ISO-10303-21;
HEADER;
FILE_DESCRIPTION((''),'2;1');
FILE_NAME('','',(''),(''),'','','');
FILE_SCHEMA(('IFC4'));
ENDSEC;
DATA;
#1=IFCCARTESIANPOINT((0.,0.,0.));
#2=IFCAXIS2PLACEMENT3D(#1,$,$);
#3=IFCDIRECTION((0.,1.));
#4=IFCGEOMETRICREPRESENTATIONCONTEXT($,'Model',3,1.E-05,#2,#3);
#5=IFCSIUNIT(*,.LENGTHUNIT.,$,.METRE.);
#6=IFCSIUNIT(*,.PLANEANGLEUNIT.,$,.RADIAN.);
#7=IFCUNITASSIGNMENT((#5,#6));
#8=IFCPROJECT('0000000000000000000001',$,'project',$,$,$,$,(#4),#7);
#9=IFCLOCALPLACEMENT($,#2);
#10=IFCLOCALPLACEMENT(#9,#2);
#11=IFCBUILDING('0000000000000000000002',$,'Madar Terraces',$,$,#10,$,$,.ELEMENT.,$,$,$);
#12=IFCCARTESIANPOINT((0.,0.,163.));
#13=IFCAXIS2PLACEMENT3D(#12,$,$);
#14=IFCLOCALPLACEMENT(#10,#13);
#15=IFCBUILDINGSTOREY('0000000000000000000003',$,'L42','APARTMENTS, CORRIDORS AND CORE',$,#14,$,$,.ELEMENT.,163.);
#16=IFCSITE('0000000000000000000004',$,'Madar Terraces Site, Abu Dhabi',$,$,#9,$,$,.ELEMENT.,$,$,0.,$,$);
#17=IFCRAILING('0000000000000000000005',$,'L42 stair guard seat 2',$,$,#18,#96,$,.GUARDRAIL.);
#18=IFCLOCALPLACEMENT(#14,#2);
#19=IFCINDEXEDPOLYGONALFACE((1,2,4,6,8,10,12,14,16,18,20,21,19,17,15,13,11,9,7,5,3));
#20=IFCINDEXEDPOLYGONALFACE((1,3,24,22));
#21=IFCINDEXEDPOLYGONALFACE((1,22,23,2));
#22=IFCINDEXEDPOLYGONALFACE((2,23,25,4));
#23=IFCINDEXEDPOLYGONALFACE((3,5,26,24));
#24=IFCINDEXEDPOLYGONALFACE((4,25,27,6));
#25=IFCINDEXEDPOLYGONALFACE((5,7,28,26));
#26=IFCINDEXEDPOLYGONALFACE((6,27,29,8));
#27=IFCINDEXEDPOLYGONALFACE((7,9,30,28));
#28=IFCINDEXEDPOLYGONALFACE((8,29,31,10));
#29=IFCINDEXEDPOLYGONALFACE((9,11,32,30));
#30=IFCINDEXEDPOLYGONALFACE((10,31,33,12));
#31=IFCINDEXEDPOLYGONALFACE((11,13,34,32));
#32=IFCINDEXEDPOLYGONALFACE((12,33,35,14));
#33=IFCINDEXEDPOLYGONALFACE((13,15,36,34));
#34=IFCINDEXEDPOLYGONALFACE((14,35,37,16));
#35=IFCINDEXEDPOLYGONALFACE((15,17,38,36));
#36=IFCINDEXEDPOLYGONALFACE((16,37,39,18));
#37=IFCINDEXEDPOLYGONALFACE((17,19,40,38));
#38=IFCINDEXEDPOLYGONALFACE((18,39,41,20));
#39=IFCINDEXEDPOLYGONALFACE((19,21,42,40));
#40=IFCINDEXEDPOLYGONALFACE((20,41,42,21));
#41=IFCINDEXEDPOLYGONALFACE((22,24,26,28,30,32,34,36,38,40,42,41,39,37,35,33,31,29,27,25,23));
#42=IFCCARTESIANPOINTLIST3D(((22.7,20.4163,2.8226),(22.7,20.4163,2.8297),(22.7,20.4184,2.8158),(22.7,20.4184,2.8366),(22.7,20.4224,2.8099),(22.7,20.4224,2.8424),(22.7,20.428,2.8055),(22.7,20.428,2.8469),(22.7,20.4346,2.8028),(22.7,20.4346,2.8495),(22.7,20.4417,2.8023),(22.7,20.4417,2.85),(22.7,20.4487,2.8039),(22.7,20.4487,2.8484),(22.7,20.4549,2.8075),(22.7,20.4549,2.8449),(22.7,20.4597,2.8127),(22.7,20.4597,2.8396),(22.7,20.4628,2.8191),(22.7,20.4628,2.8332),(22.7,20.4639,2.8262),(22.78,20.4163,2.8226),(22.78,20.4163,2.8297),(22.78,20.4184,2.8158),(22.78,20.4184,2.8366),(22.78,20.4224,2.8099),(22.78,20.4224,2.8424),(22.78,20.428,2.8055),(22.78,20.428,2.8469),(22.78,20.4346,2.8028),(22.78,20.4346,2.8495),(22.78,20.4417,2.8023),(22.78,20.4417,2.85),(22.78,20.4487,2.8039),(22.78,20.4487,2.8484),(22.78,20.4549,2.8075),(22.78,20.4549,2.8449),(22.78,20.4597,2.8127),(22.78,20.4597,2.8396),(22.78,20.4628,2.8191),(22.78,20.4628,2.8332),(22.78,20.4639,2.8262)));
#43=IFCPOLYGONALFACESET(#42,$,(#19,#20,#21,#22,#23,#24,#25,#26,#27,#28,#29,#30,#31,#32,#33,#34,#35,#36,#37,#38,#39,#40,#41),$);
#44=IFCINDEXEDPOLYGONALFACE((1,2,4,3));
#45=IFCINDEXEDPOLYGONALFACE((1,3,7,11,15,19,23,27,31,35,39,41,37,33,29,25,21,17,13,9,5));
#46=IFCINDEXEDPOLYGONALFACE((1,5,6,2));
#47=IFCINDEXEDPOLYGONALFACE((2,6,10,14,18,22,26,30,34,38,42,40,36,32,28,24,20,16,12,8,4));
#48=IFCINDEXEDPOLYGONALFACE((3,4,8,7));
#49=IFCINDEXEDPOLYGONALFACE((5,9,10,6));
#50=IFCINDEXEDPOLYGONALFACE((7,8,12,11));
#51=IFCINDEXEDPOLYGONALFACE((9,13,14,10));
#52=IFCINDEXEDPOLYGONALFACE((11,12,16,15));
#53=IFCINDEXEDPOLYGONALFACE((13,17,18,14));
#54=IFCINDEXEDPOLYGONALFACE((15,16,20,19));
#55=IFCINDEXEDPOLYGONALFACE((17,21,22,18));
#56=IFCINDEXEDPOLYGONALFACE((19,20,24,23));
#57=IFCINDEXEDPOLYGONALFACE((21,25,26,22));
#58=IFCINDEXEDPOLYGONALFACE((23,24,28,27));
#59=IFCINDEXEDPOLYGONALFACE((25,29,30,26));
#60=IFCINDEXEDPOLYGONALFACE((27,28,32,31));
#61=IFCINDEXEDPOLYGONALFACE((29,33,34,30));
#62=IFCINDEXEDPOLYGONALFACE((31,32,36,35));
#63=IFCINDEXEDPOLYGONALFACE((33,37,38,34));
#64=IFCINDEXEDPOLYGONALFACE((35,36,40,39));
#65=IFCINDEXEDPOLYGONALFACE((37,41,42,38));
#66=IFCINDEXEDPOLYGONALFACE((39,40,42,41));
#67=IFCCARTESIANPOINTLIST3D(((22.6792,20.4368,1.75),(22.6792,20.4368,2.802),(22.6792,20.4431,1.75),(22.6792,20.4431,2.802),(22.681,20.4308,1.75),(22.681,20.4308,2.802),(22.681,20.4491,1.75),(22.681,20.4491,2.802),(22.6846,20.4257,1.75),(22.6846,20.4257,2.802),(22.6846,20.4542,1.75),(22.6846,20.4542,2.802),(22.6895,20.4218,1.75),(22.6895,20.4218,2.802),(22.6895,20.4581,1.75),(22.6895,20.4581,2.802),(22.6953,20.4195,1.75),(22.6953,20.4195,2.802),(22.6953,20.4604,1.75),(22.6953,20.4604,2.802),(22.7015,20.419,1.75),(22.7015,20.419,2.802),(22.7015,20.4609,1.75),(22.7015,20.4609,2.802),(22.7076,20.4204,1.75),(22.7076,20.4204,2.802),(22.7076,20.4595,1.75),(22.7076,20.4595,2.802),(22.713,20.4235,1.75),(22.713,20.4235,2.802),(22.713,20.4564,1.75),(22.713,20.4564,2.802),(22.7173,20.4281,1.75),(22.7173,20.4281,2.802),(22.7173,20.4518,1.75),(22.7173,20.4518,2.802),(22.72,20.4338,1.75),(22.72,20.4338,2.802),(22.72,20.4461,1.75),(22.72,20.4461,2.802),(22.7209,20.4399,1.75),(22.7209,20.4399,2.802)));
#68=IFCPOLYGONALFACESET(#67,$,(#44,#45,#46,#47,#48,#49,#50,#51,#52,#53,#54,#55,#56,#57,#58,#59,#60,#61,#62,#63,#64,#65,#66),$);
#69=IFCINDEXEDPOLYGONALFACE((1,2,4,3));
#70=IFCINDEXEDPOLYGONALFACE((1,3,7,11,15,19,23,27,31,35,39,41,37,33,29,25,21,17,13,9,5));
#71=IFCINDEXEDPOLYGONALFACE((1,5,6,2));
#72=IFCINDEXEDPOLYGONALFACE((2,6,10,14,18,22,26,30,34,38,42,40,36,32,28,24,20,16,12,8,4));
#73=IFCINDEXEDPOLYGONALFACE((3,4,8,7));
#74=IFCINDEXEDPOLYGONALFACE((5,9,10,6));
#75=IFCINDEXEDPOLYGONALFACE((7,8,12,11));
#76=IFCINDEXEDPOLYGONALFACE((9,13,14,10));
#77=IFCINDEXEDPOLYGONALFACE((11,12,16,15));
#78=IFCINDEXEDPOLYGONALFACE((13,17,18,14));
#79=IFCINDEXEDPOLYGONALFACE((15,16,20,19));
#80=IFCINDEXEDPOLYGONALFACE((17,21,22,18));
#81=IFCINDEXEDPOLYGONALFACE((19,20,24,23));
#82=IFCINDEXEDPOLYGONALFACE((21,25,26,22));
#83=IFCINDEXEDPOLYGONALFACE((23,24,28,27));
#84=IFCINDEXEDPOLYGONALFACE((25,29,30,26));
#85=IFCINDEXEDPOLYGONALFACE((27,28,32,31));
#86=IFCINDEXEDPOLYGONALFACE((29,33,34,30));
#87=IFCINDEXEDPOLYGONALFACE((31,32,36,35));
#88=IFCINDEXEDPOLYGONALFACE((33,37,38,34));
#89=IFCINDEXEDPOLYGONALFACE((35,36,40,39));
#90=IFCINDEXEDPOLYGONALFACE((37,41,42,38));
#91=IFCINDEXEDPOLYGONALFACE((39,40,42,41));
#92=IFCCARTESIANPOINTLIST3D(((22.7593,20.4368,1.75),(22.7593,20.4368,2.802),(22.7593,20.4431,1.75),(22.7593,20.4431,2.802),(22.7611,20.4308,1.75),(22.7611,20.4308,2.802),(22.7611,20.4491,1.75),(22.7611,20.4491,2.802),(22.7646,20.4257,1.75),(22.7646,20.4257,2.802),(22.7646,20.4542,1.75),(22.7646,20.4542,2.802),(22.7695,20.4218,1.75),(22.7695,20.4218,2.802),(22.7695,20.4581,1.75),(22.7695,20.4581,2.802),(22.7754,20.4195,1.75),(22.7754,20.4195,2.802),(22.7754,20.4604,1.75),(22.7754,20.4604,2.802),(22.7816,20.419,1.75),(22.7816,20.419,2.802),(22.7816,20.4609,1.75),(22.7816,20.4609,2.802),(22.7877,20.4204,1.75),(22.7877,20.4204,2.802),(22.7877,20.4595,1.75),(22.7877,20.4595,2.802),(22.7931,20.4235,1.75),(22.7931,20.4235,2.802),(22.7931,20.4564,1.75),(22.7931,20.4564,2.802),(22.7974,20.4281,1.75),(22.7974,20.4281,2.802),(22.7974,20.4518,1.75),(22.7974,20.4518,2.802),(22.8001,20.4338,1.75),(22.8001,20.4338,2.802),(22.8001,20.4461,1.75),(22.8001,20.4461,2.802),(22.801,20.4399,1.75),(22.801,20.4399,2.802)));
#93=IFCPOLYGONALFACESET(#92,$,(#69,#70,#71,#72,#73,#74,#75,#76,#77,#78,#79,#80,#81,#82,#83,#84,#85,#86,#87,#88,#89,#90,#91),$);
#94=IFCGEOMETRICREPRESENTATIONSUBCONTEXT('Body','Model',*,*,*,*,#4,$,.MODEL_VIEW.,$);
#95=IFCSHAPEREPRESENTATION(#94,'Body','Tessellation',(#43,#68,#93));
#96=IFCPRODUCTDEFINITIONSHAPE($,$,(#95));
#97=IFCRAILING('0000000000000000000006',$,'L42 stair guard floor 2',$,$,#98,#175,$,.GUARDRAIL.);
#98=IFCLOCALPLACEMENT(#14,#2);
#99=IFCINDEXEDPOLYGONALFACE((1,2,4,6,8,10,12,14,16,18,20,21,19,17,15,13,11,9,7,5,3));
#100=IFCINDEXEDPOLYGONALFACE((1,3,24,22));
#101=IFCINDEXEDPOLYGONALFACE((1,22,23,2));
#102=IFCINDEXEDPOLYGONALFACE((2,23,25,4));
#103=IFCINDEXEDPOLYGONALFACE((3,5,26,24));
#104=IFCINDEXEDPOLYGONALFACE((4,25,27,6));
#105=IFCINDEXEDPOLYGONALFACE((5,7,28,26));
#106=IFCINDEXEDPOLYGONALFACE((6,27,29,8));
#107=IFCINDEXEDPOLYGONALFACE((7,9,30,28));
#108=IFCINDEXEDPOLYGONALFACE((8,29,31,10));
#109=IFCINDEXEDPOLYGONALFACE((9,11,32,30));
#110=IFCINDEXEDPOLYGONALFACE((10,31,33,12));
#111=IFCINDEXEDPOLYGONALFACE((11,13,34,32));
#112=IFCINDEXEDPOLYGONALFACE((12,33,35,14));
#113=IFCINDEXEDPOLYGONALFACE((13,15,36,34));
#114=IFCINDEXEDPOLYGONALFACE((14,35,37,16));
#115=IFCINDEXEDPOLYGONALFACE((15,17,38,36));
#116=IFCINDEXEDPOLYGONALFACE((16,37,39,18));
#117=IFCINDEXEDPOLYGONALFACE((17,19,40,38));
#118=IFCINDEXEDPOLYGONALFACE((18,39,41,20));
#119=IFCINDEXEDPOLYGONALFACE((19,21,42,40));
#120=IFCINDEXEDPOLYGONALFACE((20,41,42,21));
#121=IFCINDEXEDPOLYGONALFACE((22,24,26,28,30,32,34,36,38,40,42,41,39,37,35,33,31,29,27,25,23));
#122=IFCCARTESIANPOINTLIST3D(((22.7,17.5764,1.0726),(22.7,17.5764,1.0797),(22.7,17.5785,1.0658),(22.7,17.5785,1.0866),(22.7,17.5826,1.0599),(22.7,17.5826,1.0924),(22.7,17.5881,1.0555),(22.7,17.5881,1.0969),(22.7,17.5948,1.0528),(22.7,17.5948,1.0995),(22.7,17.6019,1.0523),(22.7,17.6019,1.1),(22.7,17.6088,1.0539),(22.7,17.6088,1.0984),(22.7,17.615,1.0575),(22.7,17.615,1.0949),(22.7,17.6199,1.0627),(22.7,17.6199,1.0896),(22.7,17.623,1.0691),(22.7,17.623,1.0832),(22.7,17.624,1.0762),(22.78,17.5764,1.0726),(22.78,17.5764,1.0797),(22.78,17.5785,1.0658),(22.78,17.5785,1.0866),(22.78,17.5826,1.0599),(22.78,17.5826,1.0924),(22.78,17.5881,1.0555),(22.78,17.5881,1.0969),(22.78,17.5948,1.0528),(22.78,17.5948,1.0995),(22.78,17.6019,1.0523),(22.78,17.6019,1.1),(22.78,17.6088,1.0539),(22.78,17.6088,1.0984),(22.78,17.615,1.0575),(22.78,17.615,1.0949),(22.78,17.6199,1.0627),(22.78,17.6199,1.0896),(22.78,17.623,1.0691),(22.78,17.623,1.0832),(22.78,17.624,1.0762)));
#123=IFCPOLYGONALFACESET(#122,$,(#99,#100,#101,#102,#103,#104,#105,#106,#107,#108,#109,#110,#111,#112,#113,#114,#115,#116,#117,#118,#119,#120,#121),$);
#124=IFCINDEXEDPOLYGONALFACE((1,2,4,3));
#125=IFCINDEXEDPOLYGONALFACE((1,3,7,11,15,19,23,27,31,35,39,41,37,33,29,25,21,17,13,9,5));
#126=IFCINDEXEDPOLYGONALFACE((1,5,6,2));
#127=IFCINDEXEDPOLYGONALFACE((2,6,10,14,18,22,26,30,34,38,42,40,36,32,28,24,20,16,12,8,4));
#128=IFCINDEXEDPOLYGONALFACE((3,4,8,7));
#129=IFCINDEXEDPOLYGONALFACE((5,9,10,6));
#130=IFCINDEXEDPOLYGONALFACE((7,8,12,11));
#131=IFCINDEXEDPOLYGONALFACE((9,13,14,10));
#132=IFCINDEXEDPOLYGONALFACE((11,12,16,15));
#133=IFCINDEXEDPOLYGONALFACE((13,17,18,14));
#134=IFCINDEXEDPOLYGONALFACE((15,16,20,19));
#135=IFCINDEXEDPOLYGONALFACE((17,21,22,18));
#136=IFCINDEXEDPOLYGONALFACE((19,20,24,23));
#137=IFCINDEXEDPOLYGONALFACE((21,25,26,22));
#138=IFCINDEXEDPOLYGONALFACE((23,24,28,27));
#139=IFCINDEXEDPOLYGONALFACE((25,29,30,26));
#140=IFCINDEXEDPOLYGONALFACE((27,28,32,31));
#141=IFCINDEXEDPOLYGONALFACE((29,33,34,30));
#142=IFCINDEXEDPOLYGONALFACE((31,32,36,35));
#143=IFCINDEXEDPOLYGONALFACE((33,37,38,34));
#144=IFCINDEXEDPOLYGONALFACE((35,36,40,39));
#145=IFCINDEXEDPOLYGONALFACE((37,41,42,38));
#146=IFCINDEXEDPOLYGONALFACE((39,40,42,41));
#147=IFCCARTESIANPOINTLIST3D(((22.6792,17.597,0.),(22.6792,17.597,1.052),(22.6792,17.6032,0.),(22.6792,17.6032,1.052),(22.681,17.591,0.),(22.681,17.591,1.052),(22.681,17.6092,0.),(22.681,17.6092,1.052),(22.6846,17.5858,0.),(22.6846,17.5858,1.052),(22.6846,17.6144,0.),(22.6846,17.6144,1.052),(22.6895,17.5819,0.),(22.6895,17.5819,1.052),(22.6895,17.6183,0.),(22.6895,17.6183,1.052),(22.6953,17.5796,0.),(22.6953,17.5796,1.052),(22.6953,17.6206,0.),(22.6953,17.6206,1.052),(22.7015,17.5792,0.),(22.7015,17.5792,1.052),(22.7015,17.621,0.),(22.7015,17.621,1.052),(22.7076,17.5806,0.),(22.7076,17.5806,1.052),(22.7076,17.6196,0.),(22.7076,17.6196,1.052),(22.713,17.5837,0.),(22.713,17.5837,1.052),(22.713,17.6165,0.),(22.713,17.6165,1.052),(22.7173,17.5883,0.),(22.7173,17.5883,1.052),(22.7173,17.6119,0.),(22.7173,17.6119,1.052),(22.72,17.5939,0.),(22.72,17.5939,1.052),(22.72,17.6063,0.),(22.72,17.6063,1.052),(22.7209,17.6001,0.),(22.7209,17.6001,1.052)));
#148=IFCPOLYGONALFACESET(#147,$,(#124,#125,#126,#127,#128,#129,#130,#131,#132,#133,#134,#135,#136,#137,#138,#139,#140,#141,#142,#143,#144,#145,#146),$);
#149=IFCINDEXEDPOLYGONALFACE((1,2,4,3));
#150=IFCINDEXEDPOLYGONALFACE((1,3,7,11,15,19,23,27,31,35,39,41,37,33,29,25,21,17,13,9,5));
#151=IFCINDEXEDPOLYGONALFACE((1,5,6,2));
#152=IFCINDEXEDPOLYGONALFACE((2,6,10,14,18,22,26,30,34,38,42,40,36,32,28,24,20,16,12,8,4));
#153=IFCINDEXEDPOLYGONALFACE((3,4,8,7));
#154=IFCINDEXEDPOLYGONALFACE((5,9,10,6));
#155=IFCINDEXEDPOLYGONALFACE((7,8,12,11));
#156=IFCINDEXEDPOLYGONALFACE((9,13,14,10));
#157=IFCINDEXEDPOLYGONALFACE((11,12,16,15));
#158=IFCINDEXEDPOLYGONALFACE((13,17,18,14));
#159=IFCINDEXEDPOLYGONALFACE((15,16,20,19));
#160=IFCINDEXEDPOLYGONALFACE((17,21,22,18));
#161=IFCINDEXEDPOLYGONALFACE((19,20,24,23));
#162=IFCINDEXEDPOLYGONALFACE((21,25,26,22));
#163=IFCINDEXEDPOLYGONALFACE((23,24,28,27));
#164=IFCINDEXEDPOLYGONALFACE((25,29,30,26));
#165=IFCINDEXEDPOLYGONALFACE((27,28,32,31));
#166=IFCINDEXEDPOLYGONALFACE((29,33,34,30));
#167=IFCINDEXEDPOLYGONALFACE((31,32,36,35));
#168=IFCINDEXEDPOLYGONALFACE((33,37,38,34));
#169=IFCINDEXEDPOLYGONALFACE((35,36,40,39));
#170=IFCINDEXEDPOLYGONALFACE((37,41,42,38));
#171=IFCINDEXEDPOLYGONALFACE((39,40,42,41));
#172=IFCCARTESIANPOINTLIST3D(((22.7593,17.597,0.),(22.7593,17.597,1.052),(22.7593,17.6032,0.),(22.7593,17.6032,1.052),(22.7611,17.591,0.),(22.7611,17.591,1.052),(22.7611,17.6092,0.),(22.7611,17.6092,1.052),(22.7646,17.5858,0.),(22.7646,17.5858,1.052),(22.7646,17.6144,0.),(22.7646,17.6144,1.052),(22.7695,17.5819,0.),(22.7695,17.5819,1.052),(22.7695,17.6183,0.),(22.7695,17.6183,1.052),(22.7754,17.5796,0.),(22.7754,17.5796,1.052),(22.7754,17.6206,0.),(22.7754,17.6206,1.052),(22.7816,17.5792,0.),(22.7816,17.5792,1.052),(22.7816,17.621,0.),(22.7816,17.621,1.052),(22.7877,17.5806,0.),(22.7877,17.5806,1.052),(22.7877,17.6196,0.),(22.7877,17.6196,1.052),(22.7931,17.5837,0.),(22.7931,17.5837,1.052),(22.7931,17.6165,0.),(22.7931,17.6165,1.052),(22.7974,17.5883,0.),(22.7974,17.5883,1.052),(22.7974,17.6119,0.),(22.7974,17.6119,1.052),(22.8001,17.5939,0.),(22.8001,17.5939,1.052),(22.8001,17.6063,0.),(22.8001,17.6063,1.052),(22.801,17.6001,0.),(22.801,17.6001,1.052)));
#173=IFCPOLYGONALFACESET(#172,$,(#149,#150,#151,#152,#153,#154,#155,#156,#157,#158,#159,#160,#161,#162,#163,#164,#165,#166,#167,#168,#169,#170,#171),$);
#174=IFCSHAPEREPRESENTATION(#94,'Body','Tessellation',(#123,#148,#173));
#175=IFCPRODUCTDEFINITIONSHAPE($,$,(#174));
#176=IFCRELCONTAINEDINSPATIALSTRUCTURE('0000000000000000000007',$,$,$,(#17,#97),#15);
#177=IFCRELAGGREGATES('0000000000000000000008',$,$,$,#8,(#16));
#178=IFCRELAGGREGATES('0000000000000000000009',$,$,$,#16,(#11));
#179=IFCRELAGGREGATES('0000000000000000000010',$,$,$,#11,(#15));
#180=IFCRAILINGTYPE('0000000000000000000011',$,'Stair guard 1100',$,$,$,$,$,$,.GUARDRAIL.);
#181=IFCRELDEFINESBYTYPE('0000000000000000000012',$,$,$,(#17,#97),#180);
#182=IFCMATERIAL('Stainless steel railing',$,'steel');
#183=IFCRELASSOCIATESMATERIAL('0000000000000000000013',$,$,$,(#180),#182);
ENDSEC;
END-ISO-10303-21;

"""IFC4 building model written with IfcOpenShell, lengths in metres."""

from ifc_helpers import new_model, si_unit, direction, frame, origin, origin_2d, place, context, subcontext, project, spatial, circle, extrude, material, type_object, element, save


model = new_model("IFC4")

# Units and contexts
model_context = context("Model", 3, precision=1e-05, world=origin(), true_north=direction((0.0, 1.0)))
body_context = subcontext(model_context, "Body", "Model", "MODEL_VIEW")
ifc_project = project(units=[si_unit("LENGTHUNIT", "METRE"), si_unit("PLANEANGLEUNIT", "RADIAN")], contexts=[model_context])

# Site, building, storey
site_placement = place(None, origin())
site = spatial("IfcSite", under=ifc_project, at=site_placement, Name="Madar Terraces Site, Abu Dhabi", CompositionType="ELEMENT", RefElevation=0.0)
building_placement = place(site_placement, origin())
building = spatial("IfcBuilding", under=site, at=building_placement, Name="Madar Terraces", CompositionType="ELEMENT")
storey_placement = place(building_placement, frame((0.0, 0.0, 163.0)))
storey = spatial("IfcBuildingStorey", under=building, at=storey_placement, Name="L42", Description="APARTMENTS, CORRIDORS AND CORE", CompositionType="ELEMENT", Elevation=163.0)

# Railings
ifc_material_1 = material(Name="Stainless steel railing", Category="steel")
railing_type_1 = type_object("IfcRailingType", Name="Stair guard 1100", PredefinedType="GUARDRAIL", material=ifc_material_1)
for number, where, name in (
    (1, (22.7, 20.4399, 1.75), "L42 stair guard seat 2"),
    (2, (22.7, 17.6001, 0.0), "L42 stair guard floor 2"),
):
    element("IfcRailing", number, at=place(storey_placement, frame(where)), inside=storey, type_object=railing_type_1, Name=name, PredefinedType="GUARDRAIL", context=body_context, shape_type="SweptSolid", body=[
        extrude(circle(Radius=0.0239, at=origin_2d()), frame((0.0, 0.0, 1.0762), z_axis=(1.0, 0.0, 0.0), x_axis=(0.0, 1.0, 0.0)), (0.0, 0.0, 1.0), 0.0801),
        extrude(circle(Radius=0.021, at=origin_2d()), origin(), (0.0, 0.0, 1.0), 1.052),
        extrude(circle(Radius=0.021, at=origin_2d()), frame((0.0801, 0.0, 0.0)), (0.0, 0.0, 1.0), 1.052),
    ])

save(model, "model.ifc")
